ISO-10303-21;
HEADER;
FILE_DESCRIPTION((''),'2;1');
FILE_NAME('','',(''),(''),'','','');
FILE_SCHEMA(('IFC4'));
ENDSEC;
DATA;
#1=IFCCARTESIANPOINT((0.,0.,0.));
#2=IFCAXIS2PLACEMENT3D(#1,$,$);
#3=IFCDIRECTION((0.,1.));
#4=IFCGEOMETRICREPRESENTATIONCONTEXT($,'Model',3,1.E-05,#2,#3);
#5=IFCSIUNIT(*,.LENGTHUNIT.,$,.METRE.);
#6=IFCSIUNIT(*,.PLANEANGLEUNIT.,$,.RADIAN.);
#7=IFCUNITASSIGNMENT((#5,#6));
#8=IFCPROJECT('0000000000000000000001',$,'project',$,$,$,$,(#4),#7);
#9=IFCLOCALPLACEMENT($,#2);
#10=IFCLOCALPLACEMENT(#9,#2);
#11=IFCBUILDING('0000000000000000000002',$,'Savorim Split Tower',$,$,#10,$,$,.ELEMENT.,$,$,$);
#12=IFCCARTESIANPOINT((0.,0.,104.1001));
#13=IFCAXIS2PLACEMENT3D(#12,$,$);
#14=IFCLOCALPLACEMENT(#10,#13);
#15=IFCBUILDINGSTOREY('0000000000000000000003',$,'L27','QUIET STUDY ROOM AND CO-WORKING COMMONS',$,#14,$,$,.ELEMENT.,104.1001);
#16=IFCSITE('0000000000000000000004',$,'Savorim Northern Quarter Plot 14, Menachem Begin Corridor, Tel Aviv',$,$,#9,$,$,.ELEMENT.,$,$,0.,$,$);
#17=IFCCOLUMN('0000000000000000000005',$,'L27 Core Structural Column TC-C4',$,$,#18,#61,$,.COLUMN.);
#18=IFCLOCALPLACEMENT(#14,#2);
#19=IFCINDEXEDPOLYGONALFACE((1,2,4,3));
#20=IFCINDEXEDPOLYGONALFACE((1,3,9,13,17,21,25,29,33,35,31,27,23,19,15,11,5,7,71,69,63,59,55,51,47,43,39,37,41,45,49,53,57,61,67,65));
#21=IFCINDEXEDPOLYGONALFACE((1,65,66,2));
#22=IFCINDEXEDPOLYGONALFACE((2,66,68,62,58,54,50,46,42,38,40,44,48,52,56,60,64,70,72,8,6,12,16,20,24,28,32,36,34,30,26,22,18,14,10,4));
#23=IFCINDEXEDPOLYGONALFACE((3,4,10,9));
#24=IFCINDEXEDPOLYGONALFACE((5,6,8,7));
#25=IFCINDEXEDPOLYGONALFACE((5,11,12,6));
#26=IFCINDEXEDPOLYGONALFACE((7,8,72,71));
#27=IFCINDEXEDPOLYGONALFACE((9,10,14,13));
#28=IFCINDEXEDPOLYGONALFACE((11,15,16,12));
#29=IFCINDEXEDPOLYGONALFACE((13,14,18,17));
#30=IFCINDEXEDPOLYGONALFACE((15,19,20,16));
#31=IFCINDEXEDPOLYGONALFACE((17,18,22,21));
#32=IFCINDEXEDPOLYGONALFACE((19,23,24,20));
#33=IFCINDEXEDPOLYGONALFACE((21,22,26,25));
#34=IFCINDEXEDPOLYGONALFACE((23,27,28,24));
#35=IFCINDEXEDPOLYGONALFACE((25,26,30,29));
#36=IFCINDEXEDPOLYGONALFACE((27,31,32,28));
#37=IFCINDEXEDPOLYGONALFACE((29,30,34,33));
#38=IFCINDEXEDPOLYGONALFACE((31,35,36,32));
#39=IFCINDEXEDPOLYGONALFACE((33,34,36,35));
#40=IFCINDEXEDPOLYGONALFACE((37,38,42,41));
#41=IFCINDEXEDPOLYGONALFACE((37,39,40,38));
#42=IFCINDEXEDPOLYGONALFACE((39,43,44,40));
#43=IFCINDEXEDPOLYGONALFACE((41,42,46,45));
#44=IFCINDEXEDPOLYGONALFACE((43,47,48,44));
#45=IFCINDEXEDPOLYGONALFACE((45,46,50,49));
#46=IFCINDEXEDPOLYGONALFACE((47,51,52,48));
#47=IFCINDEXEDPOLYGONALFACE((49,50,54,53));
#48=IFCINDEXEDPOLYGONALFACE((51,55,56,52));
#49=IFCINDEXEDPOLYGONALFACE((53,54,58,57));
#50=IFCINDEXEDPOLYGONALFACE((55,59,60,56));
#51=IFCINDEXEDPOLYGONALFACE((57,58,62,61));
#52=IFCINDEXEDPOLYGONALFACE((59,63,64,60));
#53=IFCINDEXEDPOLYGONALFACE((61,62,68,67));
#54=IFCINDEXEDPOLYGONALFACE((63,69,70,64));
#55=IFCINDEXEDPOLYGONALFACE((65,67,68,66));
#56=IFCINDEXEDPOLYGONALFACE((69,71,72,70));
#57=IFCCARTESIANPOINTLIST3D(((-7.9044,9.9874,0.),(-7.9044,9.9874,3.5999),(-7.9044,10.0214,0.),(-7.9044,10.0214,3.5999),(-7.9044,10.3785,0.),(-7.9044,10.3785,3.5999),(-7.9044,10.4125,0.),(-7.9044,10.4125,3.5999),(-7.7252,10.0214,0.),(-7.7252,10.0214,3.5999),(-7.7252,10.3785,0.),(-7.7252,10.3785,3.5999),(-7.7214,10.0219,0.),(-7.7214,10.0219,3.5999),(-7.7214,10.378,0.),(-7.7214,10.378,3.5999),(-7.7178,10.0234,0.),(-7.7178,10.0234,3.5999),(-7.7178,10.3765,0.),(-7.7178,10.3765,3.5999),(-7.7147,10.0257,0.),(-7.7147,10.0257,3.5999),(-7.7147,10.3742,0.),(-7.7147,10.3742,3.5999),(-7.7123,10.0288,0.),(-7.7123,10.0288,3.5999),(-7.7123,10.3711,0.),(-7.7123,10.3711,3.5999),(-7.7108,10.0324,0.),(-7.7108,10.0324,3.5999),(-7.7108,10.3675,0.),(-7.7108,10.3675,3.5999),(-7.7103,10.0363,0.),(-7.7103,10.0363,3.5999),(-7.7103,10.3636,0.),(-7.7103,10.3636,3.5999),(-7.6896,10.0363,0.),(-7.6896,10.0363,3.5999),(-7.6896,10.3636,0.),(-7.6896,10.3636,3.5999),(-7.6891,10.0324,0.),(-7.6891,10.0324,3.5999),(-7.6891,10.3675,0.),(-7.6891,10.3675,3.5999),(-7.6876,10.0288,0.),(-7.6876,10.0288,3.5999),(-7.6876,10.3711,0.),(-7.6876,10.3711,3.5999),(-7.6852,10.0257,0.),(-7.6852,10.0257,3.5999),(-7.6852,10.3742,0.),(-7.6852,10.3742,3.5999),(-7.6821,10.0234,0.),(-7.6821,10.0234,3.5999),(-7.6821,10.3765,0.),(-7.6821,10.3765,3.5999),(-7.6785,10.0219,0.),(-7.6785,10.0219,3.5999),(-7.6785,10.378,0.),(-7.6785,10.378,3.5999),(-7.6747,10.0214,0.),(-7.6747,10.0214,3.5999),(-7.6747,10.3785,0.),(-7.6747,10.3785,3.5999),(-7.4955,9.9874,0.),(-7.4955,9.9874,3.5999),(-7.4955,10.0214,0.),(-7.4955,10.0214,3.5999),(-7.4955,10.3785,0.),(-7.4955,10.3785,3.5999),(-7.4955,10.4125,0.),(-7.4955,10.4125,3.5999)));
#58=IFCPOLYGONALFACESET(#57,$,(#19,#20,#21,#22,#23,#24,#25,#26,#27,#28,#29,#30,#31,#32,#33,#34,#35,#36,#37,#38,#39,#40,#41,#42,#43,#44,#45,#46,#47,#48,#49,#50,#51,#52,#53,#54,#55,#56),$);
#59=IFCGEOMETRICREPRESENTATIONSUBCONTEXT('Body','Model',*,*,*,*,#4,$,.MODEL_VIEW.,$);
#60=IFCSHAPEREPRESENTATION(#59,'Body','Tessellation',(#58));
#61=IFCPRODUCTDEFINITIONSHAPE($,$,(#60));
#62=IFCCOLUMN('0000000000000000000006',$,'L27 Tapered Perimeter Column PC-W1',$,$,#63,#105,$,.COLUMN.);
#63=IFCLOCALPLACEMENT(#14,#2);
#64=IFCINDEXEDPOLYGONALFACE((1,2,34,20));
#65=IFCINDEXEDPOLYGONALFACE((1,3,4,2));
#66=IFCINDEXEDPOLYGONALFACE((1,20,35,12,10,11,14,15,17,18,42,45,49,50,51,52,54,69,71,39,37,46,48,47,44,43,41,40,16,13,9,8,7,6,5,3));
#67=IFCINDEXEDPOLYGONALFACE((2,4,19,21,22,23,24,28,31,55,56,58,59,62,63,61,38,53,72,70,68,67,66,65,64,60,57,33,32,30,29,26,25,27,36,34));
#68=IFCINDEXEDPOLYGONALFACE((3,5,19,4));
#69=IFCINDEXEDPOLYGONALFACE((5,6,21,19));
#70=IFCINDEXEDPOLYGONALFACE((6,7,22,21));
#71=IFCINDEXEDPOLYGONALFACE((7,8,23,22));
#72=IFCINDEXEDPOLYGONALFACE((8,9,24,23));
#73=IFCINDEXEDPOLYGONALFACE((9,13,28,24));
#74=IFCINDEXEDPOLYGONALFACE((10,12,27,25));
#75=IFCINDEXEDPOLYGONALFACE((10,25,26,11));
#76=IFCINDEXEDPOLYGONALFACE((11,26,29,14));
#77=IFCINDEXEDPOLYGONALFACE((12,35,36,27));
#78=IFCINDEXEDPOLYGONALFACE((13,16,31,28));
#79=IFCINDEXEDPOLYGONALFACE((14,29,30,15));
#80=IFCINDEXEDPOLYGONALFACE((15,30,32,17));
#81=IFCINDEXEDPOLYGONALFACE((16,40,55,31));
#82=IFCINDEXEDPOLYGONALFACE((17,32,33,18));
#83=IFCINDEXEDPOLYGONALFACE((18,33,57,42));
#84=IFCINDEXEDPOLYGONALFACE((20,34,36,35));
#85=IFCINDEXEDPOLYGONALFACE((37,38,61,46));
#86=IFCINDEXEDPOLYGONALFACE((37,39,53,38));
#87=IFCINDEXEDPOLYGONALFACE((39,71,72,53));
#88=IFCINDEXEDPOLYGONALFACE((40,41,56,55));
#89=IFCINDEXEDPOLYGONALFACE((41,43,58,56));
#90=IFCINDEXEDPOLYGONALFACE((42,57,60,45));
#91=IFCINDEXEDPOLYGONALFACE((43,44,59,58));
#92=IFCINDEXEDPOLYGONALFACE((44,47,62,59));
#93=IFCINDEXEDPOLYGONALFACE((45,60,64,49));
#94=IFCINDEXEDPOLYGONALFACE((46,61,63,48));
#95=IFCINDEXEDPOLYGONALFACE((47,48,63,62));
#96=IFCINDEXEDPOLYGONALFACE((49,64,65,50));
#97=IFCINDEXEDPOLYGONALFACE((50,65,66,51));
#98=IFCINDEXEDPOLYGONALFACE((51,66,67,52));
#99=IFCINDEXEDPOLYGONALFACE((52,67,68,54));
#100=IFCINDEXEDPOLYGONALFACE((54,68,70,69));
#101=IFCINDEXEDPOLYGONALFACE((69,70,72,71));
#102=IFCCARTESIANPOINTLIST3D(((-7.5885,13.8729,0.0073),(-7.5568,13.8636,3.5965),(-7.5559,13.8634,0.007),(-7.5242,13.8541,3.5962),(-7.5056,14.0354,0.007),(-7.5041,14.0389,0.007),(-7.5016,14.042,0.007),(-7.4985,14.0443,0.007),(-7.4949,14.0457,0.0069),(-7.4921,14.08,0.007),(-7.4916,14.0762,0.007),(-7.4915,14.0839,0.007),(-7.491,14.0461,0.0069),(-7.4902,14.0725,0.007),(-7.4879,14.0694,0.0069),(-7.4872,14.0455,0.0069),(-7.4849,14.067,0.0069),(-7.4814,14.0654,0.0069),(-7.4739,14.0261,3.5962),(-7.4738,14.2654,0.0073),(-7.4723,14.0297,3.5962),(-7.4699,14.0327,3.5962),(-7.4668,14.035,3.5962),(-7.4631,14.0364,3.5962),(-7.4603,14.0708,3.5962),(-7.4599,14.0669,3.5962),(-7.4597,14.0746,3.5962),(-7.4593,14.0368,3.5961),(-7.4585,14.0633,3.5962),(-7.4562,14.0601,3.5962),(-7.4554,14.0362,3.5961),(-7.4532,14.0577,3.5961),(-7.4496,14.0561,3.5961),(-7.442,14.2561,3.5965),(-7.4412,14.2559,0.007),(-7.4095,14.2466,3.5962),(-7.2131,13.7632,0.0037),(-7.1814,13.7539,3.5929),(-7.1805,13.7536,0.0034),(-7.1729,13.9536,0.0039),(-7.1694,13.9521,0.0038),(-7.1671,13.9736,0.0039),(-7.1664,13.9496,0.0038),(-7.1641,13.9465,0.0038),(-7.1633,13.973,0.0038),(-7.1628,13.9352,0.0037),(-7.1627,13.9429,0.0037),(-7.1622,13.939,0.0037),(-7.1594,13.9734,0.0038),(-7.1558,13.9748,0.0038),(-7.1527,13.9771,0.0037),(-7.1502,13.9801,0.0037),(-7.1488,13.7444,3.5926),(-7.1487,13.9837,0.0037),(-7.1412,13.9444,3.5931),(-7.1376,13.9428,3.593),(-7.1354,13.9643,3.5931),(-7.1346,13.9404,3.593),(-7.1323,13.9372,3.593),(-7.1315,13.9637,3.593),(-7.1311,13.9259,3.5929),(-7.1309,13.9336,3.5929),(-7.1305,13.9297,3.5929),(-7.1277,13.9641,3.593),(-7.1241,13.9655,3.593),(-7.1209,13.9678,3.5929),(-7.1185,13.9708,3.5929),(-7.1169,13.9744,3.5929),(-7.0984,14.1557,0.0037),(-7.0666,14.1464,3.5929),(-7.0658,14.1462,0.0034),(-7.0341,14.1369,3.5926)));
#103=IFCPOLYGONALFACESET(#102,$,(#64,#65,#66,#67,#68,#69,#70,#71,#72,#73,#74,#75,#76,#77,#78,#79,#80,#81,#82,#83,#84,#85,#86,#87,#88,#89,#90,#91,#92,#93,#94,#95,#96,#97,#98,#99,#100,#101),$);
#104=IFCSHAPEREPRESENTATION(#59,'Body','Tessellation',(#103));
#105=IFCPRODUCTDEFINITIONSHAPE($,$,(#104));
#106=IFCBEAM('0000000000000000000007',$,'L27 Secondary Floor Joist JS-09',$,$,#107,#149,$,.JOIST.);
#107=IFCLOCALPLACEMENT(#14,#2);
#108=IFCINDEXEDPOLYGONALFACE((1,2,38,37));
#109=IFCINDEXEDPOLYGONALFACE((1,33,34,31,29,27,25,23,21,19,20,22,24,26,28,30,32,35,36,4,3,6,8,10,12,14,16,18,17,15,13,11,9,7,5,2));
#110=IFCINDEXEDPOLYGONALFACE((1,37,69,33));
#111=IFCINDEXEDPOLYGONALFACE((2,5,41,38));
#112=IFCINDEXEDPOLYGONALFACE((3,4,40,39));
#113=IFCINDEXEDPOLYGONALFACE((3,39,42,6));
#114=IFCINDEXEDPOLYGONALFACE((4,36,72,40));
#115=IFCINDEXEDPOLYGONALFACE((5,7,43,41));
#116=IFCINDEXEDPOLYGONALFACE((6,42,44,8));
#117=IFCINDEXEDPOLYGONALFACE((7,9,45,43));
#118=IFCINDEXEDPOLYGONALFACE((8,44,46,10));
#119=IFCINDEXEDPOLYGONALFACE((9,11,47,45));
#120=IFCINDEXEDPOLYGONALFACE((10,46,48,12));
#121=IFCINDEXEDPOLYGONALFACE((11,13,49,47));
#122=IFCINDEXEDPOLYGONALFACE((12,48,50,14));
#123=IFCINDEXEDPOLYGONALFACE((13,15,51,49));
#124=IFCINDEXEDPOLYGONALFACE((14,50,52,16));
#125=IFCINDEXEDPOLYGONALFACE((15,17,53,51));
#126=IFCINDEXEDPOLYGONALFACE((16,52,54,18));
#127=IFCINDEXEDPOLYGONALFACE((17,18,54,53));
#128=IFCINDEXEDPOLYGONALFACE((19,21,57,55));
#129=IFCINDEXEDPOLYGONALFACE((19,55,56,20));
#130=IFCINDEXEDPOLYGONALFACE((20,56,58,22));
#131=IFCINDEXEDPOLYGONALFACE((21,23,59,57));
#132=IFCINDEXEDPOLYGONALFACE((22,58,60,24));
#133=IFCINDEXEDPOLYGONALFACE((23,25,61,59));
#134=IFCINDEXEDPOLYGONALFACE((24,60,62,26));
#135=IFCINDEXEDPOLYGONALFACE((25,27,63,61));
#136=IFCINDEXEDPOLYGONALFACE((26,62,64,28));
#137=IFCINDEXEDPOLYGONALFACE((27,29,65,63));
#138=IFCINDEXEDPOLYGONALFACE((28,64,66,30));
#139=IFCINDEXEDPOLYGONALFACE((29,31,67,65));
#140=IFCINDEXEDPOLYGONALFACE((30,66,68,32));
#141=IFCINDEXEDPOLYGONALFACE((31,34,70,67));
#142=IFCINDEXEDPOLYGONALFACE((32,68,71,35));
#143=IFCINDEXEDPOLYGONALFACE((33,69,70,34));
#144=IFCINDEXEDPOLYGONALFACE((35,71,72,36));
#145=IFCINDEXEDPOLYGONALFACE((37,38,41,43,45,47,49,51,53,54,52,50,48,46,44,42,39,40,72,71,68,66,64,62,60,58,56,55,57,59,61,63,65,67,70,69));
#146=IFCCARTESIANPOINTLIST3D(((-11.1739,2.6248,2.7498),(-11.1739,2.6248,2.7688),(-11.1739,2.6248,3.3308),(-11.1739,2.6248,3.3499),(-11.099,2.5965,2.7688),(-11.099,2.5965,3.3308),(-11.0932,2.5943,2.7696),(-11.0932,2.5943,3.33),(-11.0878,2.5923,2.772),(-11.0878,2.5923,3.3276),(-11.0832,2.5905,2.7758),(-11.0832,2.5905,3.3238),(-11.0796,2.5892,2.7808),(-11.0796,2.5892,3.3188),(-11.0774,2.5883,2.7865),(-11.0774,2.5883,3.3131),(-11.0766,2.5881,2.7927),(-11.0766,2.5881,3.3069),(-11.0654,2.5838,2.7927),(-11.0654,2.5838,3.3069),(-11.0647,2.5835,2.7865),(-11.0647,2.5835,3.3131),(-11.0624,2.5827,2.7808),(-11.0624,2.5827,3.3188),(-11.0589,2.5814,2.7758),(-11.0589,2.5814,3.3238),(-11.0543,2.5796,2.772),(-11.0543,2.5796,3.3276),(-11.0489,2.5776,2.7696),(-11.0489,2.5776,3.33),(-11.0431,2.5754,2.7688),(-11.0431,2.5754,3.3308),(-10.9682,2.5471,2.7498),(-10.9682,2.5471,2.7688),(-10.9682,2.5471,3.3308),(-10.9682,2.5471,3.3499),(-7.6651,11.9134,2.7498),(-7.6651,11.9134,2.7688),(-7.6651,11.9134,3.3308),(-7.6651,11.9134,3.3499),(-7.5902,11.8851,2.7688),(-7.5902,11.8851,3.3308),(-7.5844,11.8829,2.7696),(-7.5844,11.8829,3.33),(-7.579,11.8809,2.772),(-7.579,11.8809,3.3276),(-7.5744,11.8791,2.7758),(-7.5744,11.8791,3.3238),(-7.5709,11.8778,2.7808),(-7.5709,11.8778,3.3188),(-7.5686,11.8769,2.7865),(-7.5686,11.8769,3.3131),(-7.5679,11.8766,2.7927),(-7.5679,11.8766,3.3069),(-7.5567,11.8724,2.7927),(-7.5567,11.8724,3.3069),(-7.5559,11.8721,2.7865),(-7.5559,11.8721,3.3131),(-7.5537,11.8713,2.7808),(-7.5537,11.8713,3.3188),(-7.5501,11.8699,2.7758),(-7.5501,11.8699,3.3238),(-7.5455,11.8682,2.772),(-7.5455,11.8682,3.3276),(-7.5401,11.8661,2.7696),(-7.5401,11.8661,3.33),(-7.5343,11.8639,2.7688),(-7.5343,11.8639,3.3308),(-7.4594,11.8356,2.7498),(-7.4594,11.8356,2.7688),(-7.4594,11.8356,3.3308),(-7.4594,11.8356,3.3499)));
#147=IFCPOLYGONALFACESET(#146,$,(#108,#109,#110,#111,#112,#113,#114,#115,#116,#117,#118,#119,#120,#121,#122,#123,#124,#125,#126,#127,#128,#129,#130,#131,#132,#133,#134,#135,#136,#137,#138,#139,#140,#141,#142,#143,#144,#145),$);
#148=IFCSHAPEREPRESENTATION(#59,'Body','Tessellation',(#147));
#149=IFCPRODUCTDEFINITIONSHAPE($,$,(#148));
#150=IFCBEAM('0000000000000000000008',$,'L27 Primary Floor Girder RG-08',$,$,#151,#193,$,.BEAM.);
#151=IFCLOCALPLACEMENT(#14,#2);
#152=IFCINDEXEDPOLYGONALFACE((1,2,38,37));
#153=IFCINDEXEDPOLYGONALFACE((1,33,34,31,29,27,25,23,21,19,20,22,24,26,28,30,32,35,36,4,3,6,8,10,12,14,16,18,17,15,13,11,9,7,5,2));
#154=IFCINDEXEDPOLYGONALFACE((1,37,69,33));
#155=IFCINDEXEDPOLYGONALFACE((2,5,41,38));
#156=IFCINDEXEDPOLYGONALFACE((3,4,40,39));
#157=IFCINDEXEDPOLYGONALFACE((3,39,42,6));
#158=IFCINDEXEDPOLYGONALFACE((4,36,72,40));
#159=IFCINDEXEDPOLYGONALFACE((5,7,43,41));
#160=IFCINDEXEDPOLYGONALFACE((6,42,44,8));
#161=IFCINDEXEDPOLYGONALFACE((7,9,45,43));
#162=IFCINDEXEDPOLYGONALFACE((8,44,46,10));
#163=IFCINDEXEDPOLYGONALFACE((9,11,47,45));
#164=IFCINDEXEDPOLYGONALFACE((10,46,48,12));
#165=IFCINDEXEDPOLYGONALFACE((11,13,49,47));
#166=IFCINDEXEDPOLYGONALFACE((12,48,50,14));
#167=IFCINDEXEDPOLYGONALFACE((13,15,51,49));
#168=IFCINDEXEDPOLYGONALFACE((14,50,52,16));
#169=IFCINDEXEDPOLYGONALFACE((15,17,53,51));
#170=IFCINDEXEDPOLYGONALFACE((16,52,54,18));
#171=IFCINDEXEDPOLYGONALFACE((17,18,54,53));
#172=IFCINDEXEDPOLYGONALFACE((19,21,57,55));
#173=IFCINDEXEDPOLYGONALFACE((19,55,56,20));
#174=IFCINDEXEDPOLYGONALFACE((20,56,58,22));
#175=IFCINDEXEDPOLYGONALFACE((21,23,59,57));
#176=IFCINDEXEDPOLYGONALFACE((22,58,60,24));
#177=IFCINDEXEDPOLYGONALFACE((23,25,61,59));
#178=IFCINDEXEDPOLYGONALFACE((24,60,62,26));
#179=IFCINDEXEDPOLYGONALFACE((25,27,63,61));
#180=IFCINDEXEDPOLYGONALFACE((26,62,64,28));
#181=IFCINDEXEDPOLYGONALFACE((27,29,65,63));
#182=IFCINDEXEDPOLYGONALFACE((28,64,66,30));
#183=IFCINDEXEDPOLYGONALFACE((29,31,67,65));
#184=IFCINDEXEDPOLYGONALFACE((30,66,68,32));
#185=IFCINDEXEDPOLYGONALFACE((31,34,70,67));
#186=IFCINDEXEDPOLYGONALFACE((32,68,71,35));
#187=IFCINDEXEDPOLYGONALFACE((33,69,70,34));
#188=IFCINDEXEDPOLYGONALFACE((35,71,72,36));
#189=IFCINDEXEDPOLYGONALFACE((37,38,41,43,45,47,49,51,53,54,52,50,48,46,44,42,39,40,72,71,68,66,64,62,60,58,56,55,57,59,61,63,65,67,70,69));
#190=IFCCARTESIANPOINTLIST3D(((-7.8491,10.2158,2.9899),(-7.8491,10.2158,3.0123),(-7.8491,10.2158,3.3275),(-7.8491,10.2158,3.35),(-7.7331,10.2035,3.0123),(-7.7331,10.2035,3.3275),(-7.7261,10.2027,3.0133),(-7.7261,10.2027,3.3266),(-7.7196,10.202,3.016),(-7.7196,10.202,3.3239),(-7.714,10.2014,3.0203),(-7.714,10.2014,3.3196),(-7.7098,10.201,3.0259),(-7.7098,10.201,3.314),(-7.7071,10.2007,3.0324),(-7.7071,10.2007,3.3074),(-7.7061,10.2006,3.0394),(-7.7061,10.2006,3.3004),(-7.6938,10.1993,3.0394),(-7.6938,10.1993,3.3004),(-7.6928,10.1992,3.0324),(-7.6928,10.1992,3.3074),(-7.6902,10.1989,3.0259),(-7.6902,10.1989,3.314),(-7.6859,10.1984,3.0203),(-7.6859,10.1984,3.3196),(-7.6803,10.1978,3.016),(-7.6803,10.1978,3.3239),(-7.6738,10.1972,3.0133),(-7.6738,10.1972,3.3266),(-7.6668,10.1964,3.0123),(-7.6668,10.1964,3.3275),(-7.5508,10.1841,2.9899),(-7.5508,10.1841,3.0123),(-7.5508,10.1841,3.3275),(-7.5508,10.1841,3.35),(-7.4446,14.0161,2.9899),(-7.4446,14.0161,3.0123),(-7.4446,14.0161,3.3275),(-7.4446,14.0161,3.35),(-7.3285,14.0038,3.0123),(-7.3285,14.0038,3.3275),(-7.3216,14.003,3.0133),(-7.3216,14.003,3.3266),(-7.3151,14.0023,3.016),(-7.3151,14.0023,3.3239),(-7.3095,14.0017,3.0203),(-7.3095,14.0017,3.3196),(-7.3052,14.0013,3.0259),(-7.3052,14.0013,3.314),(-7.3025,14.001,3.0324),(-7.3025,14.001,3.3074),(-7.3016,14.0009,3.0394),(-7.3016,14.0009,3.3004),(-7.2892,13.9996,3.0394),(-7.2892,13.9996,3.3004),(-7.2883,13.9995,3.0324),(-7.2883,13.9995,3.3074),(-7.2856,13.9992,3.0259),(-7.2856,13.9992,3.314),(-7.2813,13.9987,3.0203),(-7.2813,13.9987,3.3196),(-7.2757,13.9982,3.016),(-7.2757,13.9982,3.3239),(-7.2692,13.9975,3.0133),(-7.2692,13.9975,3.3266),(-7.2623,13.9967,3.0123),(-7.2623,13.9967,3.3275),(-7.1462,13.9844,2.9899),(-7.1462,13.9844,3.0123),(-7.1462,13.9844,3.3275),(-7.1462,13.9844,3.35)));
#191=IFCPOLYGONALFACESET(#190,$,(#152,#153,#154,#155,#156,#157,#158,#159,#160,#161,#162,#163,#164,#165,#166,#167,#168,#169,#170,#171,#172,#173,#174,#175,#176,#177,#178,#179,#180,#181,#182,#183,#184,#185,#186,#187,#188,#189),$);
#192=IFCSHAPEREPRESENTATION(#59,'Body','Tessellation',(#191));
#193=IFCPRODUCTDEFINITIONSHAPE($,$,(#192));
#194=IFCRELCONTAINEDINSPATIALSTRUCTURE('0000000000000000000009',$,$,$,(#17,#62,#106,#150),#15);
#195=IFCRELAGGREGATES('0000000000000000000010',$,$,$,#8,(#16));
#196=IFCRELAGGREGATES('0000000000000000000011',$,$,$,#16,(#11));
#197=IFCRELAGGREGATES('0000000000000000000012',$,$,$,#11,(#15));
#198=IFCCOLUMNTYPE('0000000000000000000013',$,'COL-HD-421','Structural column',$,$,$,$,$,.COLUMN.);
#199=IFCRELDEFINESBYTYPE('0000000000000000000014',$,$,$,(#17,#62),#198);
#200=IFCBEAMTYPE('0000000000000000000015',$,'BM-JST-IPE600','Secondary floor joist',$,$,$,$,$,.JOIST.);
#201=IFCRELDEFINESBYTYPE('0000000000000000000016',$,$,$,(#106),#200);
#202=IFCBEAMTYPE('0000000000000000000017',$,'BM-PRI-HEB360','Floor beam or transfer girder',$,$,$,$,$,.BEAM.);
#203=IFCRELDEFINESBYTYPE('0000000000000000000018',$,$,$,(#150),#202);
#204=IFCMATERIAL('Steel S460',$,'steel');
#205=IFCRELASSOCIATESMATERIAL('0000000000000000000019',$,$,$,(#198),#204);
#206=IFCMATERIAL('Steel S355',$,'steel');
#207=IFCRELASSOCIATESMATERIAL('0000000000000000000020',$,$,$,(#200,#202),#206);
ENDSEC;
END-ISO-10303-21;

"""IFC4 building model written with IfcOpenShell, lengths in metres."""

from ifc_helpers import new_model, si_unit, direction, frame, origin, origin_2d, place, context, subcontext, project, spatial, i_section, extrude, material, material_profile, profile_set, type_object, element, save


model = new_model("IFC4")

# Units and contexts
model_context = context("Model", 3, precision=1e-05, world=origin(), true_north=direction((0.0, 1.0)))
body_context = subcontext(model_context, "Body", "Model", "MODEL_VIEW")
ifc_project = project(units=[si_unit("LENGTHUNIT", "METRE"), si_unit("PLANEANGLEUNIT", "RADIAN")], contexts=[model_context])

# Site, building, storey
site_placement = place(None, origin())
site = spatial("IfcSite", under=ifc_project, at=site_placement, Name="Savorim Northern Quarter Plot 14, Menachem Begin Corridor, Tel Aviv", CompositionType="ELEMENT", RefElevation=0.0)
building_placement = place(site_placement, origin())
building = spatial("IfcBuilding", under=site, at=building_placement, Name="Savorim Split Tower", CompositionType="ELEMENT")
storey_placement = place(building_placement, frame((0.0, 0.0, 104.1001)))
storey = spatial("IfcBuildingStorey", under=building, at=storey_placement, Name="L27", Description="QUIET STUDY ROOM AND CO-WORKING COMMONS", CompositionType="ELEMENT", Elevation=104.1001)

# Columns
ifc_material_1 = material(Name="Steel S460", Category="steel")
ifc_material_profile_1 = material_profile(ifc_material_1, i_section(OverallWidth=0.4089, OverallDepth=0.425, WebThickness=0.0208, FlangeThickness=0.0339, FilletRadius=0.0149, at=origin_2d()), Name="HD 400x421")
ifc_profile_set_1 = profile_set([ifc_material_profile_1], Name="Steel S460")
column_type = type_object("IfcColumnType", Name="COL-HD-421", Description="Structural column", PredefinedType="COLUMN", material=ifc_profile_set_1)
column_1_placement = place(storey_placement, frame((-7.7, 10.2, 0.0), z_axis=(0.0, 0.0, 1.0), x_axis=(1.0, 0.0, 0.0)))
element("IfcColumn", 1, at=column_1_placement, inside=storey, type_object=column_type, Name="L27 Core Structural Column TC-C4", PredefinedType="COLUMN", context=body_context, shape_type="SweptSolid", body=[
    extrude(i_section(OverallWidth=0.4089, OverallDepth=0.425, WebThickness=0.0208, FlangeThickness=0.0339, FilletRadius=0.0149, at=origin_2d()), origin(), (0.0, 0.0, 1.0), 3.5999),
])
column_2_placement = place(storey_placement, frame((-7.3271, 14.0095, 0.0054), z_axis=(0.008843, -0.002585, 0.999958), x_axis=(0.280567, 0.959834, 0.0)))
element("IfcColumn", 2, at=column_2_placement, inside=storey, type_object=column_type, Name="L27 Tapered Perimeter Column PC-W1", PredefinedType="COLUMN", context=body_context, shape_type="SweptSolid", body=[
    extrude(i_section(OverallWidth=0.4089, OverallDepth=0.425, WebThickness=0.0208, FlangeThickness=0.0339, FilletRadius=0.0149, at=origin_2d()), origin(), (0.0, 0.0, 1.0), 3.5894),
])

# Beams
ifc_material_2 = material(Name="Steel S355", Category="steel")
ifc_material_profile_2 = material_profile(ifc_material_2, i_section(OverallWidth=0.22, OverallDepth=0.6001, WebThickness=0.012, FlangeThickness=0.019, FilletRadius=0.0239, at=origin_2d()), Name="IPE 600")
ifc_profile_set_2 = profile_set([ifc_material_profile_2], Name="Steel S355")
beam_type_1 = type_object("IfcBeamType", Name="BM-JST-IPE600", Description="Secondary floor joist", PredefinedType="JOIST", material=ifc_profile_set_2)
beam_1_placement = place(storey_placement, frame((-7.5623, 11.8745, 3.0498), z_axis=(-0.35338, -0.93548, 0.0), x_axis=(0.93548, -0.35338, 0.0)))
element("IfcBeam", 3, at=beam_1_placement, inside=storey, type_object=beam_type_1, Name="L27 Secondary Floor Joist JS-09", PredefinedType="JOIST", context=body_context, shape_type="SweptSolid", body=[
    extrude(i_section(OverallWidth=0.22, OverallDepth=0.6001, WebThickness=0.012, FlangeThickness=0.019, FilletRadius=0.0239, at=origin_2d()), origin(), (0.0, 0.0, 1.0), 9.9292),
])
ifc_material_profile_3 = material_profile(ifc_material_2, i_section(OverallWidth=0.3, OverallDepth=0.3601, WebThickness=0.0125, FlangeThickness=0.0225, FilletRadius=0.0271, at=origin_2d()), Name="HEB 360")
ifc_profile_set_3 = profile_set([ifc_material_profile_3], Name="Steel S355")
beam_type_2 = type_object("IfcBeamType", Name="BM-PRI-HEB360", Description="Floor beam or transfer girder", PredefinedType="BEAM", material=ifc_profile_set_3)
beam_2_placement = place(storey_placement, frame((-7.2954, 14.0002, 3.1699), z_axis=(-0.105852, -0.994382, 0.0), x_axis=(0.994382, -0.105852, 0.0)))
element("IfcBeam", 4, at=beam_2_placement, inside=storey, type_object=beam_type_2, Name="L27 Primary Floor Girder RG-08", PredefinedType="BEAM", context=body_context, shape_type="SweptSolid", body=[
    extrude(i_section(OverallWidth=0.3, OverallDepth=0.3601, WebThickness=0.0125, FlangeThickness=0.0225, FilletRadius=0.0271, at=origin_2d()), origin(), (0.0, 0.0, 1.0), 3.8218),
])

save(model, "model.ifc")
